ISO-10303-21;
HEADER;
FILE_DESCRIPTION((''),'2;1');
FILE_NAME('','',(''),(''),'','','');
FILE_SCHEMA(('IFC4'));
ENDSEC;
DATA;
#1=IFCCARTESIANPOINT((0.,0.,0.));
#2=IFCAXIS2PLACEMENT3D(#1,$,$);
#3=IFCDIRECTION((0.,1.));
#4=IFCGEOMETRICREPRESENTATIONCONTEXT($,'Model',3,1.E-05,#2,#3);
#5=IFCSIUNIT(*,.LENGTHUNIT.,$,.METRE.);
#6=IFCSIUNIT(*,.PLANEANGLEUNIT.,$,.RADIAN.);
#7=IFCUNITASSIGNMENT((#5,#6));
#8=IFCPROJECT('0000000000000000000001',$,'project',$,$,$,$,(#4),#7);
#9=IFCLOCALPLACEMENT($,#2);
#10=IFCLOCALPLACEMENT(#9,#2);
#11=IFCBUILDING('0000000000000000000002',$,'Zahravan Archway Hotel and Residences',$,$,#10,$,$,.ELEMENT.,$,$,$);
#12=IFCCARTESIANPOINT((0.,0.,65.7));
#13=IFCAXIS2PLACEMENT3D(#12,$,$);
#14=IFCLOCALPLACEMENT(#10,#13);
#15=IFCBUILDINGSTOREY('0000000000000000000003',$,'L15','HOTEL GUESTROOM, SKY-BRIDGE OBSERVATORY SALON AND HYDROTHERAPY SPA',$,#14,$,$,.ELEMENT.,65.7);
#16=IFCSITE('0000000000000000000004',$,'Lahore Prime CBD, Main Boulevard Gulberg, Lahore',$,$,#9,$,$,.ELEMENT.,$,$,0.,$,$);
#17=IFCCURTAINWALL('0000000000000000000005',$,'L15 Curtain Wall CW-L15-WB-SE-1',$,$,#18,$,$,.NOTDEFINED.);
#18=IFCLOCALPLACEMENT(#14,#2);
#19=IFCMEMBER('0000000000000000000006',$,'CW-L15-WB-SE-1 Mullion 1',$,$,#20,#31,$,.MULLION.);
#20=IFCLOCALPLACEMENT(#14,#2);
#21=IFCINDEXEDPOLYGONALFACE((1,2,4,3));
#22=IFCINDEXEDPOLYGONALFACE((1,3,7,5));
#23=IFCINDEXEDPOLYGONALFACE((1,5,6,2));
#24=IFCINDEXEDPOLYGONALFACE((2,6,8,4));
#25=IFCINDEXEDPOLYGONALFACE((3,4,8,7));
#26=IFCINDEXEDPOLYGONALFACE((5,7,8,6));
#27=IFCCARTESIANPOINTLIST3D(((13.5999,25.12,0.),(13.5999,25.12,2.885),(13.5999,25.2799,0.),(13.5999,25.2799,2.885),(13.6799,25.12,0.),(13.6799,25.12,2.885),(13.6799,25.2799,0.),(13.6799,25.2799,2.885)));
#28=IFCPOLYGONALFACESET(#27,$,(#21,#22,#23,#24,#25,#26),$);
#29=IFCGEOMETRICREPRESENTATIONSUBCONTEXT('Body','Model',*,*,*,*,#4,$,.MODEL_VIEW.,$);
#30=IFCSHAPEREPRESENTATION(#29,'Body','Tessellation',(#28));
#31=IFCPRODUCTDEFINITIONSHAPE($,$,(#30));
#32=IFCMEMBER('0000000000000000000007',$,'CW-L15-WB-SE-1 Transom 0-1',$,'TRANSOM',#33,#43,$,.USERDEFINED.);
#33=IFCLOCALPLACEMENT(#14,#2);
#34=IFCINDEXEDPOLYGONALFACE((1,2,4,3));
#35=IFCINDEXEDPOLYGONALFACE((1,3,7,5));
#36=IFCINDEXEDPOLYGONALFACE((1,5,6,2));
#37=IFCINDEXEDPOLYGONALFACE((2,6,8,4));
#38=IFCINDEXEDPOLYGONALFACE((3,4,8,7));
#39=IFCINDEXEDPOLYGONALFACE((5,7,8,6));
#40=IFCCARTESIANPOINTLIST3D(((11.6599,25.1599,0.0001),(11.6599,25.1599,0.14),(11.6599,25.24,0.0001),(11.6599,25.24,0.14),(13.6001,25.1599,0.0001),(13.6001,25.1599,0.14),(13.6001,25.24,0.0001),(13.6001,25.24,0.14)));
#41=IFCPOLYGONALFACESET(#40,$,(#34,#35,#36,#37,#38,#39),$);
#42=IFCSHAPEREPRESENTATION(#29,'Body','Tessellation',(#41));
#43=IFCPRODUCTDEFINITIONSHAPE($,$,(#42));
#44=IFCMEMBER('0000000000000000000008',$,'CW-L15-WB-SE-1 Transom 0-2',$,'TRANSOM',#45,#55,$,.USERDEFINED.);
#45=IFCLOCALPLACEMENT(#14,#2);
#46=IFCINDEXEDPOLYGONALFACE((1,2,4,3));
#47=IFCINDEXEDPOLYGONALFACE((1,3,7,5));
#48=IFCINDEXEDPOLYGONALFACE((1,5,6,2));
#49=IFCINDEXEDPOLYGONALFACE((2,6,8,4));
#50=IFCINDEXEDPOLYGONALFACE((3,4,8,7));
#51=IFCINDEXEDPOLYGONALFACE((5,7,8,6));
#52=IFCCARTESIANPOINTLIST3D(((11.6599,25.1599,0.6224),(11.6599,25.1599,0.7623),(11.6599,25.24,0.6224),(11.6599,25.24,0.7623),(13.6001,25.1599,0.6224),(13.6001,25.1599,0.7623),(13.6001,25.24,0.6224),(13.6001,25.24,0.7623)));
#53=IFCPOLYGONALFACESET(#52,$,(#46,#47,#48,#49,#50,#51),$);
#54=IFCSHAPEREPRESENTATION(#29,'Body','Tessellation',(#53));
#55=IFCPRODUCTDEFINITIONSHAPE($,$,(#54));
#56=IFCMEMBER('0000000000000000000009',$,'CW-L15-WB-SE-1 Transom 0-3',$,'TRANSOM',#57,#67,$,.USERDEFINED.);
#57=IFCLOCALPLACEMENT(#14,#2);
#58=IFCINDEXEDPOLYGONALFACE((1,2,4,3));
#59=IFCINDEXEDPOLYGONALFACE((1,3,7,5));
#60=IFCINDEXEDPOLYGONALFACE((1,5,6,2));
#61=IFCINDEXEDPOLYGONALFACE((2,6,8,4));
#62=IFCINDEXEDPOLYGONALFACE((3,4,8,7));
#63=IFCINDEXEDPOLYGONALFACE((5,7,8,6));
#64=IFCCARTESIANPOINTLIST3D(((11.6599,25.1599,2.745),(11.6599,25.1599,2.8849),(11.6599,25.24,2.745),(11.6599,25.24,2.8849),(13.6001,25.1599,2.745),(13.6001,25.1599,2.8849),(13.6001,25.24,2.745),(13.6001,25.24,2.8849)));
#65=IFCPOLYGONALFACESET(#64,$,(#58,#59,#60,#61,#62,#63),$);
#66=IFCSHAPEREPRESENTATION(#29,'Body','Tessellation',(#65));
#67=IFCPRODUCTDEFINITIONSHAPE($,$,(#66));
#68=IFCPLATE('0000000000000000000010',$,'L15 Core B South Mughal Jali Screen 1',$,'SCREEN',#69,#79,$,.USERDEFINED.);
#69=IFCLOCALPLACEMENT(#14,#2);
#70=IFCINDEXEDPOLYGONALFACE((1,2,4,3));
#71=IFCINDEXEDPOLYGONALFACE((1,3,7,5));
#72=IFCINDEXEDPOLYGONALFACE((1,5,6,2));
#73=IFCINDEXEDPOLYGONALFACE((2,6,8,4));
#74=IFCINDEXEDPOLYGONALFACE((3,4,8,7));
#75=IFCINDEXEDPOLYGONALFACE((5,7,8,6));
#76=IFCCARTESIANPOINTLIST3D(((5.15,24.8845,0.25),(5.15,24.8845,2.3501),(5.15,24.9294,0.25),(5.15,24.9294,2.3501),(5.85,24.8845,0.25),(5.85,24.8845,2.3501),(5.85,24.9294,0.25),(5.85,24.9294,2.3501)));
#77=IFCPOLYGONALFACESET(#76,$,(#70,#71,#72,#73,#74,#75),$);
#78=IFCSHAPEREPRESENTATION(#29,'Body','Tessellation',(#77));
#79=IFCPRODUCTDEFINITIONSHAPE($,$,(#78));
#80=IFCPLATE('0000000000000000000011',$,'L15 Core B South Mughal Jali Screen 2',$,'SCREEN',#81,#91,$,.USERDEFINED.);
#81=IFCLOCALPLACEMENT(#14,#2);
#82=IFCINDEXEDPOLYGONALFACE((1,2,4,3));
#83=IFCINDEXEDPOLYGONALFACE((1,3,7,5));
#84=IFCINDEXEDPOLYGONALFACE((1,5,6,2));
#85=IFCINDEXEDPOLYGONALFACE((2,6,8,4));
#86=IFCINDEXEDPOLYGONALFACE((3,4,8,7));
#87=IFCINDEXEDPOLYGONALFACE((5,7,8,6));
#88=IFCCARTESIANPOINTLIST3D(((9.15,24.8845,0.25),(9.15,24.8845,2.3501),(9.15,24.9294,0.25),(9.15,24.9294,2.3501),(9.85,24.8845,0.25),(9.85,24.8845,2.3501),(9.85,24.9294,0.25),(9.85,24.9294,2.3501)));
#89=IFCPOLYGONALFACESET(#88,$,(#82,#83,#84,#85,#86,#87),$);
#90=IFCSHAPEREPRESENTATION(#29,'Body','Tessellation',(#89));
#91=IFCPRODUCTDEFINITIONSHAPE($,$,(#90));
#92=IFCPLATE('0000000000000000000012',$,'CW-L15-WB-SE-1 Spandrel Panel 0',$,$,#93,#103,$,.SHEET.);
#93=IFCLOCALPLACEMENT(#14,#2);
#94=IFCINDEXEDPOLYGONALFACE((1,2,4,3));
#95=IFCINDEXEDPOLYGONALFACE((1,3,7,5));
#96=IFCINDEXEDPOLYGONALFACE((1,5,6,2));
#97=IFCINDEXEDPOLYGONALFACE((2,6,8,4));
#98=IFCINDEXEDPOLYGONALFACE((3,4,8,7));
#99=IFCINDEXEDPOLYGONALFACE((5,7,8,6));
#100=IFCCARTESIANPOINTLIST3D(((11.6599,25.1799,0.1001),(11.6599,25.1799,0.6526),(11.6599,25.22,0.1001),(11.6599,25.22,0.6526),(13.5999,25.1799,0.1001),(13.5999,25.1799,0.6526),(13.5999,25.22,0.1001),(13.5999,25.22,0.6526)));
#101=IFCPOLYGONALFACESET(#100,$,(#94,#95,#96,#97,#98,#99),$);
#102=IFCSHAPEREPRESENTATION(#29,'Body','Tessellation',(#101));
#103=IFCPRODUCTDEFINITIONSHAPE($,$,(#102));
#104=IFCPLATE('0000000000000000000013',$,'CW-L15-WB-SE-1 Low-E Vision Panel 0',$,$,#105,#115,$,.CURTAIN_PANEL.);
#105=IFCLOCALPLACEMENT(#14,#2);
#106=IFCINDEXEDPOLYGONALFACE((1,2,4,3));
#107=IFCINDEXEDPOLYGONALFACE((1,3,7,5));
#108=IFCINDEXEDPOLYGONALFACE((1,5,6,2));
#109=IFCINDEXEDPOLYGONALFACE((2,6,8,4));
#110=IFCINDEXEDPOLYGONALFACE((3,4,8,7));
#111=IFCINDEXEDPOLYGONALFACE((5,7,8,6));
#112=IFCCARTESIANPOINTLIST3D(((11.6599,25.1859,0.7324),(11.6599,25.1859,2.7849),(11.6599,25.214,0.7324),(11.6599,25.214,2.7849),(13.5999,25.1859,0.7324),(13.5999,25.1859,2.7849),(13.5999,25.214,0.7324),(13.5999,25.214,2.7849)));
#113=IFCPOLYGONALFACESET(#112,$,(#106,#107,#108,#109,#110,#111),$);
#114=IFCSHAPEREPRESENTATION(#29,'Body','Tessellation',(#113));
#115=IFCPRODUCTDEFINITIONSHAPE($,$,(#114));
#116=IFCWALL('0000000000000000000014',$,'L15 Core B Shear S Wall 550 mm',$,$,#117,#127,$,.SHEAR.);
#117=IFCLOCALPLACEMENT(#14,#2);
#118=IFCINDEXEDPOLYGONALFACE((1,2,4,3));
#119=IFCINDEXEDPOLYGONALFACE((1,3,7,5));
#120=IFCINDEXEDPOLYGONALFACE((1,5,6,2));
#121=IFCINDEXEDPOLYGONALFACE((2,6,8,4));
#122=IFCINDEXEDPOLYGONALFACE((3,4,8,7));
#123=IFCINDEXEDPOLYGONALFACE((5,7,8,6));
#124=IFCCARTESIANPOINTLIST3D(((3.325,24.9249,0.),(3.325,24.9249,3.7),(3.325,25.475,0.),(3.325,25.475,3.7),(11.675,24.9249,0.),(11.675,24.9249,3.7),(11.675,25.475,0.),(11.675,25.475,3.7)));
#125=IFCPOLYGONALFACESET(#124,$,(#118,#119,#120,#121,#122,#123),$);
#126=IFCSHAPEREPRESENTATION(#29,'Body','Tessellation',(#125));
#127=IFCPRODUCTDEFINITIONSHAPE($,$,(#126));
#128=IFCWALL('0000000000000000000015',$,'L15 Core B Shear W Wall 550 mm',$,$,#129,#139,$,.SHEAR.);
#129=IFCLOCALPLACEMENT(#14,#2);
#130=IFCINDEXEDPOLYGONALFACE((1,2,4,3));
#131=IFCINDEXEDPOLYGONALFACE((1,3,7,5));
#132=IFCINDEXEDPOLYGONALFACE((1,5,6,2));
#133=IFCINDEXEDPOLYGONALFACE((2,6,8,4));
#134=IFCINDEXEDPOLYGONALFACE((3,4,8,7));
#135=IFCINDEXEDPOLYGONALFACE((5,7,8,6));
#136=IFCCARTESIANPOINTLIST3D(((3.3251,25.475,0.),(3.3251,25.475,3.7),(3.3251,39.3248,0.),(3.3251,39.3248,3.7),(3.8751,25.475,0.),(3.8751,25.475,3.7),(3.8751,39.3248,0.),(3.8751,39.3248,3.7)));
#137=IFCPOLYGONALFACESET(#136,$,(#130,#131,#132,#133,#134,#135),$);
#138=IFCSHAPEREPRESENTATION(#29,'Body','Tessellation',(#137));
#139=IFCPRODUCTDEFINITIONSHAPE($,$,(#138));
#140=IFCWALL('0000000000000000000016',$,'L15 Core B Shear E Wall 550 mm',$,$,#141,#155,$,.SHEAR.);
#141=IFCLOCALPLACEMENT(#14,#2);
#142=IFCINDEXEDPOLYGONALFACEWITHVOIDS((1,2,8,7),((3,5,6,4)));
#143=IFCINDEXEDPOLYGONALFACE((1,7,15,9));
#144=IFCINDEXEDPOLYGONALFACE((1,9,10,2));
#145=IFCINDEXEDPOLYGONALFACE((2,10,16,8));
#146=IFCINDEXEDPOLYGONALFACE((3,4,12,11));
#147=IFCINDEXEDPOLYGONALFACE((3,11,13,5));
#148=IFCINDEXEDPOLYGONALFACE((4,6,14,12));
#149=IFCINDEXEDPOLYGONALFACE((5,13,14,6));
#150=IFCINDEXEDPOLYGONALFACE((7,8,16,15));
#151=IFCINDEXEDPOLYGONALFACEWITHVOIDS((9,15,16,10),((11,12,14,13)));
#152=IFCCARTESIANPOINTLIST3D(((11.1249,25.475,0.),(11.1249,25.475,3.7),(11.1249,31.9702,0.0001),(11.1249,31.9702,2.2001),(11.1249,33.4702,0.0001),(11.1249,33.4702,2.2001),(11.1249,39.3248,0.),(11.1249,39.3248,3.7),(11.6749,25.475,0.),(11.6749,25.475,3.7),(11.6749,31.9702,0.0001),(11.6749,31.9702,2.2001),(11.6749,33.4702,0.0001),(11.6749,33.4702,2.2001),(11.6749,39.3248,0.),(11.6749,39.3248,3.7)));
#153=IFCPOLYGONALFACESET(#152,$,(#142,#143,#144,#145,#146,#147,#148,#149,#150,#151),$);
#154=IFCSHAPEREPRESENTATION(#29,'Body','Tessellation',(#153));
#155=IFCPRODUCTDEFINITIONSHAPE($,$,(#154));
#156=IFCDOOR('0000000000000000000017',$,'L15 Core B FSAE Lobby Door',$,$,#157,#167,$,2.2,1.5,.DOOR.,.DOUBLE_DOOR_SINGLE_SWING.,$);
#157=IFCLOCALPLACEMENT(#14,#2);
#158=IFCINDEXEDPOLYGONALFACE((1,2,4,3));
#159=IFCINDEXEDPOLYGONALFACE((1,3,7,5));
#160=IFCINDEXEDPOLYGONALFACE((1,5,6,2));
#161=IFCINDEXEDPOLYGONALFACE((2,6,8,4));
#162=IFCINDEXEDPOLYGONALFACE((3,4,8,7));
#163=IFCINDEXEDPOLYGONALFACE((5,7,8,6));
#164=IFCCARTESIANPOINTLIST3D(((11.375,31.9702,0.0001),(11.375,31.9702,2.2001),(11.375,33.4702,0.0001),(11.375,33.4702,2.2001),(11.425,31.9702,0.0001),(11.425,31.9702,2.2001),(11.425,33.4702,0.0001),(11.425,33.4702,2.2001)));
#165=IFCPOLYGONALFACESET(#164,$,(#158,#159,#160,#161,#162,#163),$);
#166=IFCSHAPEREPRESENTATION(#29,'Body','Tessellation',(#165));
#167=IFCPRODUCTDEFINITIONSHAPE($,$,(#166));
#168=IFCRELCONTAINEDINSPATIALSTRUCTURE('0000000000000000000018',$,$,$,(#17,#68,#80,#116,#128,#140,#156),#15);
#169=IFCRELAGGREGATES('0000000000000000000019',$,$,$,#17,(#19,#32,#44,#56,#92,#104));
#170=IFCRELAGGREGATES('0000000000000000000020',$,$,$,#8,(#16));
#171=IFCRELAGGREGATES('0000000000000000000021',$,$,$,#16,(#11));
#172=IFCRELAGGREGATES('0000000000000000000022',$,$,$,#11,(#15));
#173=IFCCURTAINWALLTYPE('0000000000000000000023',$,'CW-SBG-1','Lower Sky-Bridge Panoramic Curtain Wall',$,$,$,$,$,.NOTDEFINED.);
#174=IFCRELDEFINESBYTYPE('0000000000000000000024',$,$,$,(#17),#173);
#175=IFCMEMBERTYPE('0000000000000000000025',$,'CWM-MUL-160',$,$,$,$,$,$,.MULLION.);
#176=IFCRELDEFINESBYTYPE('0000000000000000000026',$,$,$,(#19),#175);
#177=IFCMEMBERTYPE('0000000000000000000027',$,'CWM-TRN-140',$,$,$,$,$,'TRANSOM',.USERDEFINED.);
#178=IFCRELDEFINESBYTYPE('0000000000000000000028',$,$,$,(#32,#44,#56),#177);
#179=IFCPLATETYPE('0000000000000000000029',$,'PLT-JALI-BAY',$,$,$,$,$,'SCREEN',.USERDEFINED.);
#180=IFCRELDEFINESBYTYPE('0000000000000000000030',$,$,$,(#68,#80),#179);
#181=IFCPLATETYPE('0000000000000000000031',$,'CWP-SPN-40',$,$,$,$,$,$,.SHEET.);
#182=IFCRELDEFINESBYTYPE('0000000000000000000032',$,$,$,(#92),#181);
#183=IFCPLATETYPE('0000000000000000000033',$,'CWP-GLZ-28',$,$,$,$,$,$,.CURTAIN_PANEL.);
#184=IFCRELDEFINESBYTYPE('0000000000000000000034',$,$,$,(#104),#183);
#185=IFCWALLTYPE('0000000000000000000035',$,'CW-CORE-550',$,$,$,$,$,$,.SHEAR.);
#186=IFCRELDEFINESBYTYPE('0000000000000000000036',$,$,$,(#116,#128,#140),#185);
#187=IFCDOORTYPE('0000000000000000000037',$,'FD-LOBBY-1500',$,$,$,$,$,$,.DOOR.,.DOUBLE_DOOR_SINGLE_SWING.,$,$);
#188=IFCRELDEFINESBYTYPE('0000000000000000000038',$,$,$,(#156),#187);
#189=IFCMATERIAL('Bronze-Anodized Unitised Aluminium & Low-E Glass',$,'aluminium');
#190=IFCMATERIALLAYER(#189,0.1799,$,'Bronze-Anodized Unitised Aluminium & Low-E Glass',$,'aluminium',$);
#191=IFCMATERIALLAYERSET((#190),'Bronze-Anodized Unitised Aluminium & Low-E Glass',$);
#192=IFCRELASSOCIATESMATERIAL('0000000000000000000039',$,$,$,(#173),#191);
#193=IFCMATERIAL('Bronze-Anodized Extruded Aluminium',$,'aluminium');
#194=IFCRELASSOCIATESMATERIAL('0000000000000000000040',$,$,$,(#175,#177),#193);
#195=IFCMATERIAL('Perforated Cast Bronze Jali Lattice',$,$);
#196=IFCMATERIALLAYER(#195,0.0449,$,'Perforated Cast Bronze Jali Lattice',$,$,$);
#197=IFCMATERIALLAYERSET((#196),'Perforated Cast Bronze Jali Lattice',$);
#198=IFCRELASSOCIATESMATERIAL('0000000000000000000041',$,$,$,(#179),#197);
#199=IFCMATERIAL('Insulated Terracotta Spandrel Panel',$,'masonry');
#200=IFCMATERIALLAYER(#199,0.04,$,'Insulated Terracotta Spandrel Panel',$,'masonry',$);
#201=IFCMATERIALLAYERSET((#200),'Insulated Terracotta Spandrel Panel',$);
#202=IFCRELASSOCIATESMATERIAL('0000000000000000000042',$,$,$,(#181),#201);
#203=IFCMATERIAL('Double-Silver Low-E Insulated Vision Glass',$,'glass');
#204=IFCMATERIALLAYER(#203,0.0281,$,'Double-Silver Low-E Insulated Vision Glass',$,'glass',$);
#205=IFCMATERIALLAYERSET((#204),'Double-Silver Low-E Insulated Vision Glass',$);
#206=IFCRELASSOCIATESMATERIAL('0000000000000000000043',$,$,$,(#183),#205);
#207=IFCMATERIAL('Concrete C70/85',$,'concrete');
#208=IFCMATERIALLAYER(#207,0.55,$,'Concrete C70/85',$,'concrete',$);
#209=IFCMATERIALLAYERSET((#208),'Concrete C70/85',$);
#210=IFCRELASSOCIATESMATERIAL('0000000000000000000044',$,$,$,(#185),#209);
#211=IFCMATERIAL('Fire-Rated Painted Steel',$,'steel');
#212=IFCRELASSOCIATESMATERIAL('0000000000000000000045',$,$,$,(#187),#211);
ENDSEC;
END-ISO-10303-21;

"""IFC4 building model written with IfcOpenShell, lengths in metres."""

from ifc_helpers import new_model, si_unit, direction, frame, frame_2d, origin, origin_2d, place, context, subcontext, project, spatial, rectangle, extrude, source, transform, mapped, material, layer, layer_set, material_profile, profile_set, type_object, type_shapes, element, fill, aggregate, save


model = new_model("IFC4")

# Units and contexts
model_context = context("Model", 3, precision=1e-05, world=origin(), true_north=direction((0.0, 1.0)))
body_context = subcontext(model_context, "Body", "Model", "MODEL_VIEW")
ifc_project = project(units=[si_unit("LENGTHUNIT", "METRE"), si_unit("PLANEANGLEUNIT", "RADIAN")], contexts=[model_context])

# Site, building, storey
site_placement = place(None, origin())
site = spatial("IfcSite", under=ifc_project, at=site_placement, Name="Lahore Prime CBD, Main Boulevard Gulberg, Lahore", CompositionType="ELEMENT", RefElevation=0.0)
building_placement = place(site_placement, origin())
building = spatial("IfcBuilding", under=site, at=building_placement, Name="Zahravan Archway Hotel and Residences", CompositionType="ELEMENT")
storey_placement = place(building_placement, frame((0.0, 0.0, 65.7)))
storey = spatial("IfcBuildingStorey", under=building, at=storey_placement, Name="L15", Description="HOTEL GUESTROOM, SKY-BRIDGE OBSERVATORY SALON AND HYDROTHERAPY SPA", CompositionType="ELEMENT", Elevation=65.7)

# Shared definitions
ifc_material_1 = material(Name="Concrete C70/85", Category="concrete")

# Curtain wall, members
ifc_material_2 = material(Name="Bronze-Anodized Unitised Aluminium & Low-E Glass", Category="aluminium")
ifc_layer_1 = layer(ifc_material_2, 0.1799, Name="Bronze-Anodized Unitised Aluminium & Low-E Glass", Category="aluminium")
ifc_layer_set_1 = layer_set([ifc_layer_1], Name="Bronze-Anodized Unitised Aluminium & Low-E Glass")
curtain_wall_type = type_object("IfcCurtainWallType", Name="CW-SBG-1", Description="Lower Sky-Bridge Panoramic Curtain Wall", PredefinedType="NOTDEFINED", material=ifc_layer_set_1)
curtain_wall_placement = place(storey_placement, origin())
curtain_wall = element("IfcCurtainWall", 1, at=curtain_wall_placement, inside=storey, type_object=curtain_wall_type, Name="L15 Curtain Wall CW-L15-WB-SE-1", PredefinedType="NOTDEFINED")
ifc_material_3 = material(Name="Bronze-Anodized Extruded Aluminium", Category="aluminium")
ifc_material_profile_1 = material_profile(ifc_material_3, rectangle(XDim=0.0801, YDim=0.1599, at=origin_2d()), Name="MUL 80x160", Category="aluminium")
ifc_profile_set_1 = profile_set([ifc_material_profile_1], Name="Bronze-Anodized Extruded Aluminium")
member_type_1 = type_object("IfcMemberType", Name="CWM-MUL-160", PredefinedType="MULLION", material=ifc_profile_set_1)
shared_shape_1 = source(origin(), body_context, "Body", "SweptSolid", [
    extrude(rectangle(XDim=0.0801, YDim=0.1599, at=origin_2d()), origin(), (0.0, 0.0, 1.0), 2.885),
])
member_1_placement = place(storey_placement, frame((13.6399, 25.2, 0.0), z_axis=(0.0, 0.0, 1.0), x_axis=(1.0, 0.0, 0.0)))
member_1 = element("IfcMember", 2, at=member_1_placement, type_object=member_type_1, Name="CW-L15-WB-SE-1 Mullion 1", PredefinedType="MULLION", context=body_context, shape_type="MappedRepresentation", body=[
    mapped(shared_shape_1, transform((0.0, 0.0, 0.0), scale=1.0)),
])
ifc_material_profile_2 = material_profile(ifc_material_3, rectangle(XDim=0.0801, YDim=0.1399, at=origin_2d()), Name="TRN 80x140", Category="aluminium")
ifc_profile_set_2 = profile_set([ifc_material_profile_2], Name="Bronze-Anodized Extruded Aluminium")
member_type_2 = type_object("IfcMemberType", Name="CWM-TRN-140", ElementType="TRANSOM", PredefinedType="USERDEFINED", material=ifc_profile_set_2)
shared_shape_2 = source(origin(), body_context, "Body", "SweptSolid", [
    extrude(rectangle(XDim=0.0801, YDim=0.1399, at=origin_2d()), origin(), (0.0, 0.0, 1.0), 1.9402),
])
member_2_placement = place(storey_placement, frame((11.6599, 25.2, 0.0701), z_axis=(1.0, 0.0, 0.0), x_axis=(0.0, 1.0, 0.0)))
member_2 = element("IfcMember", 3, at=member_2_placement, type_object=member_type_2, Name="CW-L15-WB-SE-1 Transom 0-1", ObjectType="TRANSOM", PredefinedType="USERDEFINED", context=body_context, shape_type="MappedRepresentation", body=[
    mapped(shared_shape_2, transform((0.0, 0.0, 0.0), scale=1.0)),
])
member_3_placement = place(storey_placement, frame((11.6599, 25.2, 0.6924), z_axis=(1.0, 0.0, 0.0), x_axis=(0.0, 1.0, 0.0)))
member_3 = element("IfcMember", 4, at=member_3_placement, type_object=member_type_2, Name="CW-L15-WB-SE-1 Transom 0-2", ObjectType="TRANSOM", PredefinedType="USERDEFINED", context=body_context, shape_type="MappedRepresentation", body=[
    mapped(shared_shape_2, transform((0.0, 0.0, 0.0), scale=1.0)),
])
member_4_placement = place(storey_placement, frame((11.6599, 25.2, 2.8149), z_axis=(1.0, 0.0, 0.0), x_axis=(0.0, 1.0, 0.0)))
member_4 = element("IfcMember", 5, at=member_4_placement, type_object=member_type_2, Name="CW-L15-WB-SE-1 Transom 0-3", ObjectType="TRANSOM", PredefinedType="USERDEFINED", context=body_context, shape_type="MappedRepresentation", body=[
    mapped(shared_shape_2, transform((0.0, 0.0, 0.0), scale=1.0)),
])

# Plates
ifc_material_4 = material(Name="Perforated Cast Bronze Jali Lattice")
ifc_layer_2 = layer(ifc_material_4, 0.0449, Name="Perforated Cast Bronze Jali Lattice")
ifc_layer_set_2 = layer_set([ifc_layer_2], Name="Perforated Cast Bronze Jali Lattice")
plate_type_1 = type_object("IfcPlateType", Name="PLT-JALI-BAY", ElementType="SCREEN", PredefinedType="USERDEFINED", material=ifc_layer_set_2)
shared_shape_3 = source(origin(), body_context, "Body", "SweptSolid", [
    extrude(rectangle(XDim=0.7, YDim=0.0449, at=origin_2d()), origin(), (0.0, 0.0, 1.0), 2.1001),
])
type_shapes(plate_type_1, [shared_shape_3])
for number, where, z_axis, x_axis, name in (
    (6, (5.5, 24.907, 0.25), (0.0, 0.0, 1.0), (1.0, 0.0, 0.0), "L15 Core B South Mughal Jali Screen 1"),
    (7, (9.5, 24.907, 0.25), (0.0, 0.0, 1.0), (1.0, 0.0, 0.0), "L15 Core B South Mughal Jali Screen 2"),
):
    element("IfcPlate", number, at=place(storey_placement, frame(where, z_axis=z_axis, x_axis=x_axis)), inside=storey, type_object=plate_type_1, Name=name, ObjectType="SCREEN", PredefinedType="USERDEFINED", context=body_context, shape_type="MappedRepresentation", body=[
        mapped(shared_shape_3, transform((0.0, 0.0, 0.0), scale=1.0)),
    ])

# Plates
ifc_material_5 = material(Name="Insulated Terracotta Spandrel Panel", Category="masonry")
ifc_layer_3 = layer(ifc_material_5, 0.04, Name="Insulated Terracotta Spandrel Panel", Category="masonry")
ifc_layer_set_3 = layer_set([ifc_layer_3], Name="Insulated Terracotta Spandrel Panel")
plate_type_2 = type_object("IfcPlateType", Name="CWP-SPN-40", PredefinedType="SHEET", material=ifc_layer_set_3)
shared_shape_4 = source(origin(), body_context, "Body", "SweptSolid", [
    extrude(rectangle(XDim=1.9399, YDim=0.04, at=origin_2d()), origin(), (0.0, 0.0, 1.0), 0.5525),
])
plate_1_placement = place(storey_placement, frame((12.6299, 25.2, 0.1001), z_axis=(0.0, 0.0, 1.0), x_axis=(1.0, 0.0, 0.0)))
plate_1 = element("IfcPlate", 8, at=plate_1_placement, type_object=plate_type_2, Name="CW-L15-WB-SE-1 Spandrel Panel 0", PredefinedType="SHEET", context=body_context, shape_type="MappedRepresentation", body=[
    mapped(shared_shape_4, transform((0.0, 0.0, 0.0), scale=1.0)),
])
ifc_material_6 = material(Name="Double-Silver Low-E Insulated Vision Glass", Category="glass")
ifc_layer_4 = layer(ifc_material_6, 0.0281, Name="Double-Silver Low-E Insulated Vision Glass", Category="glass")
ifc_layer_set_4 = layer_set([ifc_layer_4], Name="Double-Silver Low-E Insulated Vision Glass")
plate_type_3 = type_object("IfcPlateType", Name="CWP-GLZ-28", PredefinedType="CURTAIN_PANEL", material=ifc_layer_set_4)
shared_shape_5 = source(origin(), body_context, "Body", "SweptSolid", [
    extrude(rectangle(XDim=1.9399, YDim=0.0281, at=origin_2d()), origin(), (0.0, 0.0, 1.0), 2.0525),
])
plate_2_placement = place(storey_placement, frame((12.6299, 25.2, 0.7324), z_axis=(0.0, 0.0, 1.0), x_axis=(1.0, 0.0, 0.0)))
plate_2 = element("IfcPlate", 9, at=plate_2_placement, type_object=plate_type_3, Name="CW-L15-WB-SE-1 Low-E Vision Panel 0", PredefinedType="CURTAIN_PANEL", context=body_context, shape_type="MappedRepresentation", body=[
    mapped(shared_shape_5, transform((0.0, 0.0, 0.0), scale=1.0)),
])
aggregate(curtain_wall, [member_1, member_2, member_3, member_4, plate_1, plate_2])

# Walls
ifc_layer_5 = layer(ifc_material_1, 0.55, Name="Concrete C70/85", Category="concrete")
ifc_layer_set_5 = layer_set([ifc_layer_5], Name="Concrete C70/85")
wall_type_1 = type_object("IfcWallType", Name="CW-CORE-550", PredefinedType="SHEAR", material=ifc_layer_set_5)
wall_1_placement = place(storey_placement, frame((3.325, 25.2, 0.0), z_axis=(0.0, 0.0, 1.0), x_axis=(1.0, 0.0, 0.0)))
element("IfcWall", 10, at=wall_1_placement, inside=storey, type_object=wall_type_1, Name="L15 Core B Shear S Wall 550 mm", PredefinedType="SHEAR", context=body_context, shape_type="SweptSolid", body=[
    extrude(rectangle(XDim=8.3501, YDim=0.55, at=frame_2d((4.175, 0.0))), origin(), (0.0, 0.0, 1.0), 3.7),
])
wall_2_placement = place(storey_placement, frame((3.6001, 25.4751, 0.0), z_axis=(0.0, 0.0, 1.0), x_axis=(0.0, 1.0, 0.0)))
element("IfcWall", 11, at=wall_2_placement, inside=storey, type_object=wall_type_1, Name="L15 Core B Shear W Wall 550 mm", PredefinedType="SHEAR", context=body_context, shape_type="SweptSolid", body=[
    extrude(rectangle(XDim=13.8499, YDim=0.55, at=frame_2d((6.9248, 0.0))), origin(), (0.0, 0.0, 1.0), 3.7),
])

# Wall, opening, door
wall_3_placement = place(storey_placement, frame((11.3999, 25.4751, 0.0), z_axis=(0.0, 0.0, 1.0), x_axis=(0.0, 1.0, 0.0)))
wall_3 = element("IfcWall", 12, at=wall_3_placement, inside=storey, type_object=wall_type_1, Name="L15 Core B Shear E Wall 550 mm", PredefinedType="SHEAR", context=body_context, shape_type="SweptSolid", body=[
    extrude(rectangle(XDim=13.8499, YDim=0.55, at=frame_2d((6.9248, 0.0))), origin(), (0.0, 0.0, 1.0), 3.7),
])
opening_1_placement = place(wall_3_placement, frame((6.4951, 0.0, 0.0)))
opening_1 = element("IfcOpeningElement", 13, at=opening_1_placement, cuts=wall_3, PredefinedType="OPENING", context=body_context, shape_type="SweptSolid", body=[
    extrude(rectangle(XDim=1.5, YDim=2.2, at=frame_2d((0.75, 1.1001))), frame((0.0, 0.2852, 0.0), z_axis=(0.0, -1.0, 0.0), x_axis=(1.0, 0.0, 0.0)), (0.0, 0.0, 1.0), 0.5701),
])
ifc_material_7 = material(Name="Fire-Rated Painted Steel", Category="steel")
door_type_1 = type_object("IfcDoorType", Name="FD-LOBBY-1500", OperationType="DOUBLE_DOOR_SINGLE_SWING", PredefinedType="DOOR", material=ifc_material_7)
shared_shape_6 = source(origin(), body_context, "Body", "SweptSolid", [
    extrude(rectangle(XDim=1.5, YDim=2.2, at=frame_2d((0.75, 1.1001))), frame((0.0, 0.0249, 0.0), z_axis=(0.0, -1.0, 0.0), x_axis=(1.0, 0.0, 0.0)), (0.0, 0.0, 1.0), 0.05),
])
type_shapes(door_type_1, [shared_shape_6])
door_1_placement = place(opening_1_placement, origin())
door_1 = element("IfcDoor", 14, at=door_1_placement, inside=storey, type_object=door_type_1, Name="L15 Core B FSAE Lobby Door", OperationType="DOUBLE_DOOR_SINGLE_SWING", OverallHeight=2.2, OverallWidth=1.5, PredefinedType="DOOR", context=body_context, shape_type="MappedRepresentation", body=[
    mapped(shared_shape_6, transform((0.0, 0.0, 0.0), scale=1.0)),
])
fill(opening_1, door_1)

save(model, "model.ifc")
